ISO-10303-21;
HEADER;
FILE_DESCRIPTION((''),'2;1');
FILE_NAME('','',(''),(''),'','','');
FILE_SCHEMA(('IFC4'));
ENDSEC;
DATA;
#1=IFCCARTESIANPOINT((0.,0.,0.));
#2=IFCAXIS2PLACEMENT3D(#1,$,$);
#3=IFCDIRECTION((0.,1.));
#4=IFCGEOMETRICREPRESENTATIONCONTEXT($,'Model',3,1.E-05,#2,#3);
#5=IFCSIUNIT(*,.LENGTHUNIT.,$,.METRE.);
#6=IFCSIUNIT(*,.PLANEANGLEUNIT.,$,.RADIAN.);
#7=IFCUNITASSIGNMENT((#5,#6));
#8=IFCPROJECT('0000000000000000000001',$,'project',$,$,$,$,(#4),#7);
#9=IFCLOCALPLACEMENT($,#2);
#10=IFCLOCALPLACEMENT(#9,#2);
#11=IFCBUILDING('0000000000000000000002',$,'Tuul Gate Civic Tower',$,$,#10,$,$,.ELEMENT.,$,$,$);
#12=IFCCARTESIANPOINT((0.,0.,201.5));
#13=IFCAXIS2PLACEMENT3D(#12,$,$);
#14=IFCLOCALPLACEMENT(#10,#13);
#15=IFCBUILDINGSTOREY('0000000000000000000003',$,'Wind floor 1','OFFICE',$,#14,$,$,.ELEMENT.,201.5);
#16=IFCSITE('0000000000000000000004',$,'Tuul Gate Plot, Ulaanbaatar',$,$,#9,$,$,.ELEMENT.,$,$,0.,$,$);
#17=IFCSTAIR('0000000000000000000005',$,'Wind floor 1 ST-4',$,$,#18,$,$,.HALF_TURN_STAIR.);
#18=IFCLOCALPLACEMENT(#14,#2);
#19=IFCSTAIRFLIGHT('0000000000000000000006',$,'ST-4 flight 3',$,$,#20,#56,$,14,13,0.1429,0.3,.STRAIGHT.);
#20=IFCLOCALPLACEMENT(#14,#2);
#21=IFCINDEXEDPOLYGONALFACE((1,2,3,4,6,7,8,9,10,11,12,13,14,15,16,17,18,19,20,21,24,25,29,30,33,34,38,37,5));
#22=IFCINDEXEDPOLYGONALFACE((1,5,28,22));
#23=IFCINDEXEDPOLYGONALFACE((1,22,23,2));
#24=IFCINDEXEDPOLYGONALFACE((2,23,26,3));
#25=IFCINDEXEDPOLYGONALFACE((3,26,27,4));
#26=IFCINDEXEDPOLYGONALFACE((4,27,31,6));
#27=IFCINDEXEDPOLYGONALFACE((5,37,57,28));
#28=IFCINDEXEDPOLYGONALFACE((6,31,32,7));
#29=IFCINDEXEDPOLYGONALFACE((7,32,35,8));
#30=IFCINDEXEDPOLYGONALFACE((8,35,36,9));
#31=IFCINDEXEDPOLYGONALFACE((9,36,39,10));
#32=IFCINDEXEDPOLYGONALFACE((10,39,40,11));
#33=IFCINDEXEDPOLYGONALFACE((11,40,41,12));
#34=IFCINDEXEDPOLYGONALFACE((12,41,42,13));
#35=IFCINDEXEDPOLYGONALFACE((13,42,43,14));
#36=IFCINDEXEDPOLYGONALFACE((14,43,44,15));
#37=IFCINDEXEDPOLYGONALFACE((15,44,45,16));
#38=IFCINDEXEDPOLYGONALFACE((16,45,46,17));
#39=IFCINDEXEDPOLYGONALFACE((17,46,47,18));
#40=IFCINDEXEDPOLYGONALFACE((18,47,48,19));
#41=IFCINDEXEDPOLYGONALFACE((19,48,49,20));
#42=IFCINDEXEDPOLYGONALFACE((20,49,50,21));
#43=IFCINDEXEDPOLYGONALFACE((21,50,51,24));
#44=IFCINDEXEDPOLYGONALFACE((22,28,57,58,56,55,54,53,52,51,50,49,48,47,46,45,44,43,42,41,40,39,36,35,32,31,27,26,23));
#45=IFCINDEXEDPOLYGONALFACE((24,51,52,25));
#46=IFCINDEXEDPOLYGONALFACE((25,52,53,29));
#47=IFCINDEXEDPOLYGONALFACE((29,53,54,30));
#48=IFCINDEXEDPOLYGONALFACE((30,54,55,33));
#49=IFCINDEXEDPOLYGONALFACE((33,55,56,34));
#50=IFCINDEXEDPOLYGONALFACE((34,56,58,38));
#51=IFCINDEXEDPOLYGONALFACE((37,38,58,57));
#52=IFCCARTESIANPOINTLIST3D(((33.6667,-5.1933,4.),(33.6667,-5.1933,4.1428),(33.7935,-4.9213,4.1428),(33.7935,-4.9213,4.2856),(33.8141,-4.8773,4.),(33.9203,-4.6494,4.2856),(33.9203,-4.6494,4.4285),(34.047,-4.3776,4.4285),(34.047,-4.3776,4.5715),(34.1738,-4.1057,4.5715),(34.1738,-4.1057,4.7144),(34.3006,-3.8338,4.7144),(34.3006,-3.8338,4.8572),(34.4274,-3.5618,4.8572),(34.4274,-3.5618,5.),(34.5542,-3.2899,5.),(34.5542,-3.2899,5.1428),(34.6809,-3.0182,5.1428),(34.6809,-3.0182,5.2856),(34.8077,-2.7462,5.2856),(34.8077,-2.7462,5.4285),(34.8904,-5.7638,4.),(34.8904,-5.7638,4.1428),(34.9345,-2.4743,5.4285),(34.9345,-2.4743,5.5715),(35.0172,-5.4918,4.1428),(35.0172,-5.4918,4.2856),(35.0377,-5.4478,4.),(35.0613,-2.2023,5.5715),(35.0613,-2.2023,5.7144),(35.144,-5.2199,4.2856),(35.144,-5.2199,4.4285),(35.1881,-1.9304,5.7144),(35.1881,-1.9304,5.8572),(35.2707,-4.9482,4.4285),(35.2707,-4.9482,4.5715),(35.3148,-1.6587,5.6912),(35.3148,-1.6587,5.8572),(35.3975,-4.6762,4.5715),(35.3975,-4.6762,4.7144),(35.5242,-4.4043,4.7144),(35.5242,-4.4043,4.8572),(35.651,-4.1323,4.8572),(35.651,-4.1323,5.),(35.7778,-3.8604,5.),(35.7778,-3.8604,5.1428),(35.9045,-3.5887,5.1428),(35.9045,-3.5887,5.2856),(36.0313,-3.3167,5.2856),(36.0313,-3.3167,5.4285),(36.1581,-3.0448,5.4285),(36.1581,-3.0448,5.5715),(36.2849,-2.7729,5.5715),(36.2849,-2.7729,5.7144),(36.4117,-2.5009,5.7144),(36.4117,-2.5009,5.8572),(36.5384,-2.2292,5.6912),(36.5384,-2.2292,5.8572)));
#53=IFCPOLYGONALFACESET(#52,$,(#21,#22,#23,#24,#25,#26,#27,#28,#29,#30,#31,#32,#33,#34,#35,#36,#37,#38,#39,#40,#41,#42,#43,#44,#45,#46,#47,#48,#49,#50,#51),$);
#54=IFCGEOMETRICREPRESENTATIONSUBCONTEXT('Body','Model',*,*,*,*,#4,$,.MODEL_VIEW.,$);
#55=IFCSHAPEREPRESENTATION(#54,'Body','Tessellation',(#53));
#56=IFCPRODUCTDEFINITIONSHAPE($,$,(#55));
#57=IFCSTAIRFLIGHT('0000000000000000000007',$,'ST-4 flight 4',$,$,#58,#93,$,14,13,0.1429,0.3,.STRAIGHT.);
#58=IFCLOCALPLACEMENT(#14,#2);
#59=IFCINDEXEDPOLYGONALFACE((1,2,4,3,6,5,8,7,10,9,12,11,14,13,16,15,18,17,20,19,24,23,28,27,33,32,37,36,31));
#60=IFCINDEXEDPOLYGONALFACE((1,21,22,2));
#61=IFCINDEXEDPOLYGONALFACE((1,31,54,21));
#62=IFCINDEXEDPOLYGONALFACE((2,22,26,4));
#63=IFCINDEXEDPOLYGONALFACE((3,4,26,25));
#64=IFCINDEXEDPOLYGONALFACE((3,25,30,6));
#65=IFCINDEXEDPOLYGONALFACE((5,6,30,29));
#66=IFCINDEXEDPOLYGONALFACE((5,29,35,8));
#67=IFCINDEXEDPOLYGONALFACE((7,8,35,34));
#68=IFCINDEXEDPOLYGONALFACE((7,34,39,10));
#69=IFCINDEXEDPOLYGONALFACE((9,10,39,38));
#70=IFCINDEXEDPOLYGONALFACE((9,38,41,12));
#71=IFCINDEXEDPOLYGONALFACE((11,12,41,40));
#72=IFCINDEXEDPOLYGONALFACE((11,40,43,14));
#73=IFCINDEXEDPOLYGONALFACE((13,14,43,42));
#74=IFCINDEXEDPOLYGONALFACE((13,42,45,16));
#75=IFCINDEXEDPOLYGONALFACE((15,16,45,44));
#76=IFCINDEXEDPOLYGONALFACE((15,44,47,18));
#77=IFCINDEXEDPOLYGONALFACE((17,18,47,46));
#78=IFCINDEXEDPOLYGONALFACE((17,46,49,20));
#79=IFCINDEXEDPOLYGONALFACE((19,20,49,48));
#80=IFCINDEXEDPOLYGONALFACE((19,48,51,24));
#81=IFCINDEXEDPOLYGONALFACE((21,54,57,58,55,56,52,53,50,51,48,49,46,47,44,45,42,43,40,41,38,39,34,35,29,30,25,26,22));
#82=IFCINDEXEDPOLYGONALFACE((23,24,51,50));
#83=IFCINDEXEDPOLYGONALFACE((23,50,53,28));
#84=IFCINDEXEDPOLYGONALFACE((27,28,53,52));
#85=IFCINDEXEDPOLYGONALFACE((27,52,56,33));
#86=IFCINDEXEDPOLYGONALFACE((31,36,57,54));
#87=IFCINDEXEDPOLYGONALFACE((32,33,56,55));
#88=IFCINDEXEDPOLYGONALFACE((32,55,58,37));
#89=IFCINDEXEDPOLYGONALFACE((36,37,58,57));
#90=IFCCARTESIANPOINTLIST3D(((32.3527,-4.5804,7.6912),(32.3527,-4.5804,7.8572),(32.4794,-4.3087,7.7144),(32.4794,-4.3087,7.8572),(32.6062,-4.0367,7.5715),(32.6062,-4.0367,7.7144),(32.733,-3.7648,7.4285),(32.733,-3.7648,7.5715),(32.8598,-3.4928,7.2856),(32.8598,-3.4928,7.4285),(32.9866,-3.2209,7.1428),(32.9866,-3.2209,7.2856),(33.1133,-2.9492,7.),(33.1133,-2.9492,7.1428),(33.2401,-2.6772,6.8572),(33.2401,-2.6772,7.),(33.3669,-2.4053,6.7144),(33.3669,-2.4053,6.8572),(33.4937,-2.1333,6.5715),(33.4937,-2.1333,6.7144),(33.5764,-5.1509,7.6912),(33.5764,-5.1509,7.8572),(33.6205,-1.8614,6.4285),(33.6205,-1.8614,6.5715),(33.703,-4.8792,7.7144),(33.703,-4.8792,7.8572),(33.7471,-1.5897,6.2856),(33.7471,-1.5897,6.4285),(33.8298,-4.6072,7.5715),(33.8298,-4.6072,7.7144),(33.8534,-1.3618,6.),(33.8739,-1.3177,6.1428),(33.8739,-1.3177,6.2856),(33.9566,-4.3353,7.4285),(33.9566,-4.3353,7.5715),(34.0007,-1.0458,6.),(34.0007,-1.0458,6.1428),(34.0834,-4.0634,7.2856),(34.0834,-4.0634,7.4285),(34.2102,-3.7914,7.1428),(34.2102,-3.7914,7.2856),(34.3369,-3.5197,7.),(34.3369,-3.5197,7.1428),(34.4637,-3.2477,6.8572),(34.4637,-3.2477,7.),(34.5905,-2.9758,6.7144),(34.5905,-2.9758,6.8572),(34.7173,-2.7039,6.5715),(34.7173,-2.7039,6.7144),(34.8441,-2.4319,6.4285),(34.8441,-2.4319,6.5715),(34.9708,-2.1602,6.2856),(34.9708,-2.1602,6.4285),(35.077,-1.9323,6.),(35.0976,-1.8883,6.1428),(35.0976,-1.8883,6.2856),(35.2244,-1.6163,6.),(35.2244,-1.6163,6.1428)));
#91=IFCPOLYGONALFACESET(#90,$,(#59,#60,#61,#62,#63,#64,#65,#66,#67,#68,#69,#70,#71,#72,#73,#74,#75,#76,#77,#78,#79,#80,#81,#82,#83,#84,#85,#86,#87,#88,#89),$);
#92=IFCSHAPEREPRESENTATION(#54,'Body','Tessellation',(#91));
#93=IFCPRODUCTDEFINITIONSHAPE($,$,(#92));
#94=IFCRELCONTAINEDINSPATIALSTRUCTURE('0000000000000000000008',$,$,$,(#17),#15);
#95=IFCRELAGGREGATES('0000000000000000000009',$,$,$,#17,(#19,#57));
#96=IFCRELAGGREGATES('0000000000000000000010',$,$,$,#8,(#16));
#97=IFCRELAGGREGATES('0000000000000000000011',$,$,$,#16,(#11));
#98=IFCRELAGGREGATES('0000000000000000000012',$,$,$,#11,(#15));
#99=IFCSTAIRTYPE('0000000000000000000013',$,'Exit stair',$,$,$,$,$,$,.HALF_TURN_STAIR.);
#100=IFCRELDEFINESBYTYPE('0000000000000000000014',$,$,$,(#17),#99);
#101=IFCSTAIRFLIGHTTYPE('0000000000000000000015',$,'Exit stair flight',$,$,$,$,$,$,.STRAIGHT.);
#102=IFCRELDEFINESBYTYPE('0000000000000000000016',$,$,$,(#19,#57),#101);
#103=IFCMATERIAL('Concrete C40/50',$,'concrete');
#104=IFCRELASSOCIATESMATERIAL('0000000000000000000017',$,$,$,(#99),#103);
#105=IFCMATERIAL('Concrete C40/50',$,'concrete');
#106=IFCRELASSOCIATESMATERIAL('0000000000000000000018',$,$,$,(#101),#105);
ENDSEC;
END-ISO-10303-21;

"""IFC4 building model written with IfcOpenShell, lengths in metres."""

from ifc_helpers import new_model, si_unit, direction, frame, origin, place, context, subcontext, project, spatial, polyline, outline, extrude, material, type_object, element, aggregate, save


model = new_model("IFC4")

# Units and contexts
model_context = context("Model", 3, precision=1e-05, world=origin(), true_north=direction((0.0, 1.0)))
body_context = subcontext(model_context, "Body", "Model", "MODEL_VIEW")
ifc_project = project(units=[si_unit("LENGTHUNIT", "METRE"), si_unit("PLANEANGLEUNIT", "RADIAN")], contexts=[model_context])

# Site, building, storey
site_placement = place(None, origin())
site = spatial("IfcSite", under=ifc_project, at=site_placement, Name="Tuul Gate Plot, Ulaanbaatar", CompositionType="ELEMENT", RefElevation=0.0)
building_placement = place(site_placement, origin())
building = spatial("IfcBuilding", under=site, at=building_placement, Name="Tuul Gate Civic Tower", CompositionType="ELEMENT")
storey_placement = place(building_placement, frame((0.0, 0.0, 201.5)))
storey = spatial("IfcBuildingStorey", under=building, at=storey_placement, Name="Wind floor 1", Description="OFFICE", CompositionType="ELEMENT", Elevation=201.5)

# Stair, stair flights
ifc_material_1 = material(Name="Concrete C40/50", Category="concrete")
stair_type = type_object("IfcStairType", Name="Exit stair", PredefinedType="HALF_TURN_STAIR", material=ifc_material_1)
stair_placement = place(storey_placement, origin())
stair = element("IfcStair", 1, at=stair_placement, inside=storey, type_object=stair_type, Name="Wind floor 1 ST-4", PredefinedType="HALF_TURN_STAIR")
ifc_material_2 = material(Name="Concrete C40/50", Category="concrete")
stair_flight_type = type_object("IfcStairFlightType", Name="Exit stair flight", PredefinedType="STRAIGHT", material=ifc_material_2)
stair_flight_1_placement = place(storey_placement, frame((34.2786, -5.4785, 4.0), z_axis=(0.0, 0.0, 1.0), x_axis=(0.422576, 0.906327, 0.0)))
stair_flight_1 = element("IfcStairFlight", 2, at=stair_flight_1_placement, type_object=stair_flight_type, Name="ST-4 flight 3", NumberOfRisers=14, NumberOfTreads=13, PredefinedType="STRAIGHT", RiserHeight=0.1429, TreadLength=0.3, context=body_context, shape_type="SweptSolid", body=[
    extrude(outline(polyline([(0.0, 0.0), (0.0, 0.1428), (0.3, 0.1428), (0.3, 0.2856), (0.6001, 0.2856), (0.6001, 0.4285), (0.8999, 0.4285), (0.8999, 0.5715), (1.2, 0.5715), (1.2, 0.7144), (1.5, 0.7144), (1.5, 0.8572), (1.8, 0.8572), (1.8, 1.0), (2.1001, 1.0), (2.1001, 1.1428), (2.3999, 1.1428), (2.3999, 1.2856), (2.7, 1.2856), (2.7, 1.4285), (3.0, 1.4285), (3.0, 1.5715), (3.3, 1.5715), (3.3, 1.7144), (3.6001, 1.7144), (3.6001, 1.8572), (3.8999, 1.8572), (3.8999, 2.0), (3.8999, 1.6912), (0.3486, 0.0), (0.0, 0.0)])), frame((0.0, 0.675, 0.0), z_axis=(0.0, -1.0, 0.0), x_axis=(1.0, 0.0, 0.0)), (0.0, 0.0, 1.0), 1.3501),
])
stair_flight_2_placement = place(storey_placement, frame((34.6125, -1.3311, 6.0), z_axis=(0.0, 0.0, 1.0), x_axis=(-0.422576, -0.906327, 0.0)))
stair_flight_2 = element("IfcStairFlight", 3, at=stair_flight_2_placement, type_object=stair_flight_type, Name="ST-4 flight 4", NumberOfRisers=14, NumberOfTreads=13, PredefinedType="STRAIGHT", RiserHeight=0.1429, TreadLength=0.3, context=body_context, shape_type="SweptSolid", body=[
    extrude(outline(polyline([(0.0, 0.0), (0.0, 0.1428), (0.3, 0.1428), (0.3, 0.2856), (0.6001, 0.2856), (0.6001, 0.4285), (0.8999, 0.4285), (0.8999, 0.5715), (1.2, 0.5715), (1.2, 0.7144), (1.5, 0.7144), (1.5, 0.8572), (1.8, 0.8572), (1.8, 1.0), (2.1001, 1.0), (2.1001, 1.1428), (2.3999, 1.1428), (2.3999, 1.2856), (2.7, 1.2856), (2.7, 1.4285), (3.0, 1.4285), (3.0, 1.5715), (3.3, 1.5715), (3.3, 1.7144), (3.6001, 1.7144), (3.6001, 1.8572), (3.8999, 1.8572), (3.8999, 2.0), (3.8999, 1.6912), (0.3486, 0.0), (0.0, 0.0)])), frame((0.0, 0.675, 0.0), z_axis=(0.0, -1.0, 0.0), x_axis=(1.0, 0.0, 0.0)), (0.0, 0.0, 1.0), 1.3501),
])
aggregate(stair, [stair_flight_1, stair_flight_2])

save(model, "model.ifc")
